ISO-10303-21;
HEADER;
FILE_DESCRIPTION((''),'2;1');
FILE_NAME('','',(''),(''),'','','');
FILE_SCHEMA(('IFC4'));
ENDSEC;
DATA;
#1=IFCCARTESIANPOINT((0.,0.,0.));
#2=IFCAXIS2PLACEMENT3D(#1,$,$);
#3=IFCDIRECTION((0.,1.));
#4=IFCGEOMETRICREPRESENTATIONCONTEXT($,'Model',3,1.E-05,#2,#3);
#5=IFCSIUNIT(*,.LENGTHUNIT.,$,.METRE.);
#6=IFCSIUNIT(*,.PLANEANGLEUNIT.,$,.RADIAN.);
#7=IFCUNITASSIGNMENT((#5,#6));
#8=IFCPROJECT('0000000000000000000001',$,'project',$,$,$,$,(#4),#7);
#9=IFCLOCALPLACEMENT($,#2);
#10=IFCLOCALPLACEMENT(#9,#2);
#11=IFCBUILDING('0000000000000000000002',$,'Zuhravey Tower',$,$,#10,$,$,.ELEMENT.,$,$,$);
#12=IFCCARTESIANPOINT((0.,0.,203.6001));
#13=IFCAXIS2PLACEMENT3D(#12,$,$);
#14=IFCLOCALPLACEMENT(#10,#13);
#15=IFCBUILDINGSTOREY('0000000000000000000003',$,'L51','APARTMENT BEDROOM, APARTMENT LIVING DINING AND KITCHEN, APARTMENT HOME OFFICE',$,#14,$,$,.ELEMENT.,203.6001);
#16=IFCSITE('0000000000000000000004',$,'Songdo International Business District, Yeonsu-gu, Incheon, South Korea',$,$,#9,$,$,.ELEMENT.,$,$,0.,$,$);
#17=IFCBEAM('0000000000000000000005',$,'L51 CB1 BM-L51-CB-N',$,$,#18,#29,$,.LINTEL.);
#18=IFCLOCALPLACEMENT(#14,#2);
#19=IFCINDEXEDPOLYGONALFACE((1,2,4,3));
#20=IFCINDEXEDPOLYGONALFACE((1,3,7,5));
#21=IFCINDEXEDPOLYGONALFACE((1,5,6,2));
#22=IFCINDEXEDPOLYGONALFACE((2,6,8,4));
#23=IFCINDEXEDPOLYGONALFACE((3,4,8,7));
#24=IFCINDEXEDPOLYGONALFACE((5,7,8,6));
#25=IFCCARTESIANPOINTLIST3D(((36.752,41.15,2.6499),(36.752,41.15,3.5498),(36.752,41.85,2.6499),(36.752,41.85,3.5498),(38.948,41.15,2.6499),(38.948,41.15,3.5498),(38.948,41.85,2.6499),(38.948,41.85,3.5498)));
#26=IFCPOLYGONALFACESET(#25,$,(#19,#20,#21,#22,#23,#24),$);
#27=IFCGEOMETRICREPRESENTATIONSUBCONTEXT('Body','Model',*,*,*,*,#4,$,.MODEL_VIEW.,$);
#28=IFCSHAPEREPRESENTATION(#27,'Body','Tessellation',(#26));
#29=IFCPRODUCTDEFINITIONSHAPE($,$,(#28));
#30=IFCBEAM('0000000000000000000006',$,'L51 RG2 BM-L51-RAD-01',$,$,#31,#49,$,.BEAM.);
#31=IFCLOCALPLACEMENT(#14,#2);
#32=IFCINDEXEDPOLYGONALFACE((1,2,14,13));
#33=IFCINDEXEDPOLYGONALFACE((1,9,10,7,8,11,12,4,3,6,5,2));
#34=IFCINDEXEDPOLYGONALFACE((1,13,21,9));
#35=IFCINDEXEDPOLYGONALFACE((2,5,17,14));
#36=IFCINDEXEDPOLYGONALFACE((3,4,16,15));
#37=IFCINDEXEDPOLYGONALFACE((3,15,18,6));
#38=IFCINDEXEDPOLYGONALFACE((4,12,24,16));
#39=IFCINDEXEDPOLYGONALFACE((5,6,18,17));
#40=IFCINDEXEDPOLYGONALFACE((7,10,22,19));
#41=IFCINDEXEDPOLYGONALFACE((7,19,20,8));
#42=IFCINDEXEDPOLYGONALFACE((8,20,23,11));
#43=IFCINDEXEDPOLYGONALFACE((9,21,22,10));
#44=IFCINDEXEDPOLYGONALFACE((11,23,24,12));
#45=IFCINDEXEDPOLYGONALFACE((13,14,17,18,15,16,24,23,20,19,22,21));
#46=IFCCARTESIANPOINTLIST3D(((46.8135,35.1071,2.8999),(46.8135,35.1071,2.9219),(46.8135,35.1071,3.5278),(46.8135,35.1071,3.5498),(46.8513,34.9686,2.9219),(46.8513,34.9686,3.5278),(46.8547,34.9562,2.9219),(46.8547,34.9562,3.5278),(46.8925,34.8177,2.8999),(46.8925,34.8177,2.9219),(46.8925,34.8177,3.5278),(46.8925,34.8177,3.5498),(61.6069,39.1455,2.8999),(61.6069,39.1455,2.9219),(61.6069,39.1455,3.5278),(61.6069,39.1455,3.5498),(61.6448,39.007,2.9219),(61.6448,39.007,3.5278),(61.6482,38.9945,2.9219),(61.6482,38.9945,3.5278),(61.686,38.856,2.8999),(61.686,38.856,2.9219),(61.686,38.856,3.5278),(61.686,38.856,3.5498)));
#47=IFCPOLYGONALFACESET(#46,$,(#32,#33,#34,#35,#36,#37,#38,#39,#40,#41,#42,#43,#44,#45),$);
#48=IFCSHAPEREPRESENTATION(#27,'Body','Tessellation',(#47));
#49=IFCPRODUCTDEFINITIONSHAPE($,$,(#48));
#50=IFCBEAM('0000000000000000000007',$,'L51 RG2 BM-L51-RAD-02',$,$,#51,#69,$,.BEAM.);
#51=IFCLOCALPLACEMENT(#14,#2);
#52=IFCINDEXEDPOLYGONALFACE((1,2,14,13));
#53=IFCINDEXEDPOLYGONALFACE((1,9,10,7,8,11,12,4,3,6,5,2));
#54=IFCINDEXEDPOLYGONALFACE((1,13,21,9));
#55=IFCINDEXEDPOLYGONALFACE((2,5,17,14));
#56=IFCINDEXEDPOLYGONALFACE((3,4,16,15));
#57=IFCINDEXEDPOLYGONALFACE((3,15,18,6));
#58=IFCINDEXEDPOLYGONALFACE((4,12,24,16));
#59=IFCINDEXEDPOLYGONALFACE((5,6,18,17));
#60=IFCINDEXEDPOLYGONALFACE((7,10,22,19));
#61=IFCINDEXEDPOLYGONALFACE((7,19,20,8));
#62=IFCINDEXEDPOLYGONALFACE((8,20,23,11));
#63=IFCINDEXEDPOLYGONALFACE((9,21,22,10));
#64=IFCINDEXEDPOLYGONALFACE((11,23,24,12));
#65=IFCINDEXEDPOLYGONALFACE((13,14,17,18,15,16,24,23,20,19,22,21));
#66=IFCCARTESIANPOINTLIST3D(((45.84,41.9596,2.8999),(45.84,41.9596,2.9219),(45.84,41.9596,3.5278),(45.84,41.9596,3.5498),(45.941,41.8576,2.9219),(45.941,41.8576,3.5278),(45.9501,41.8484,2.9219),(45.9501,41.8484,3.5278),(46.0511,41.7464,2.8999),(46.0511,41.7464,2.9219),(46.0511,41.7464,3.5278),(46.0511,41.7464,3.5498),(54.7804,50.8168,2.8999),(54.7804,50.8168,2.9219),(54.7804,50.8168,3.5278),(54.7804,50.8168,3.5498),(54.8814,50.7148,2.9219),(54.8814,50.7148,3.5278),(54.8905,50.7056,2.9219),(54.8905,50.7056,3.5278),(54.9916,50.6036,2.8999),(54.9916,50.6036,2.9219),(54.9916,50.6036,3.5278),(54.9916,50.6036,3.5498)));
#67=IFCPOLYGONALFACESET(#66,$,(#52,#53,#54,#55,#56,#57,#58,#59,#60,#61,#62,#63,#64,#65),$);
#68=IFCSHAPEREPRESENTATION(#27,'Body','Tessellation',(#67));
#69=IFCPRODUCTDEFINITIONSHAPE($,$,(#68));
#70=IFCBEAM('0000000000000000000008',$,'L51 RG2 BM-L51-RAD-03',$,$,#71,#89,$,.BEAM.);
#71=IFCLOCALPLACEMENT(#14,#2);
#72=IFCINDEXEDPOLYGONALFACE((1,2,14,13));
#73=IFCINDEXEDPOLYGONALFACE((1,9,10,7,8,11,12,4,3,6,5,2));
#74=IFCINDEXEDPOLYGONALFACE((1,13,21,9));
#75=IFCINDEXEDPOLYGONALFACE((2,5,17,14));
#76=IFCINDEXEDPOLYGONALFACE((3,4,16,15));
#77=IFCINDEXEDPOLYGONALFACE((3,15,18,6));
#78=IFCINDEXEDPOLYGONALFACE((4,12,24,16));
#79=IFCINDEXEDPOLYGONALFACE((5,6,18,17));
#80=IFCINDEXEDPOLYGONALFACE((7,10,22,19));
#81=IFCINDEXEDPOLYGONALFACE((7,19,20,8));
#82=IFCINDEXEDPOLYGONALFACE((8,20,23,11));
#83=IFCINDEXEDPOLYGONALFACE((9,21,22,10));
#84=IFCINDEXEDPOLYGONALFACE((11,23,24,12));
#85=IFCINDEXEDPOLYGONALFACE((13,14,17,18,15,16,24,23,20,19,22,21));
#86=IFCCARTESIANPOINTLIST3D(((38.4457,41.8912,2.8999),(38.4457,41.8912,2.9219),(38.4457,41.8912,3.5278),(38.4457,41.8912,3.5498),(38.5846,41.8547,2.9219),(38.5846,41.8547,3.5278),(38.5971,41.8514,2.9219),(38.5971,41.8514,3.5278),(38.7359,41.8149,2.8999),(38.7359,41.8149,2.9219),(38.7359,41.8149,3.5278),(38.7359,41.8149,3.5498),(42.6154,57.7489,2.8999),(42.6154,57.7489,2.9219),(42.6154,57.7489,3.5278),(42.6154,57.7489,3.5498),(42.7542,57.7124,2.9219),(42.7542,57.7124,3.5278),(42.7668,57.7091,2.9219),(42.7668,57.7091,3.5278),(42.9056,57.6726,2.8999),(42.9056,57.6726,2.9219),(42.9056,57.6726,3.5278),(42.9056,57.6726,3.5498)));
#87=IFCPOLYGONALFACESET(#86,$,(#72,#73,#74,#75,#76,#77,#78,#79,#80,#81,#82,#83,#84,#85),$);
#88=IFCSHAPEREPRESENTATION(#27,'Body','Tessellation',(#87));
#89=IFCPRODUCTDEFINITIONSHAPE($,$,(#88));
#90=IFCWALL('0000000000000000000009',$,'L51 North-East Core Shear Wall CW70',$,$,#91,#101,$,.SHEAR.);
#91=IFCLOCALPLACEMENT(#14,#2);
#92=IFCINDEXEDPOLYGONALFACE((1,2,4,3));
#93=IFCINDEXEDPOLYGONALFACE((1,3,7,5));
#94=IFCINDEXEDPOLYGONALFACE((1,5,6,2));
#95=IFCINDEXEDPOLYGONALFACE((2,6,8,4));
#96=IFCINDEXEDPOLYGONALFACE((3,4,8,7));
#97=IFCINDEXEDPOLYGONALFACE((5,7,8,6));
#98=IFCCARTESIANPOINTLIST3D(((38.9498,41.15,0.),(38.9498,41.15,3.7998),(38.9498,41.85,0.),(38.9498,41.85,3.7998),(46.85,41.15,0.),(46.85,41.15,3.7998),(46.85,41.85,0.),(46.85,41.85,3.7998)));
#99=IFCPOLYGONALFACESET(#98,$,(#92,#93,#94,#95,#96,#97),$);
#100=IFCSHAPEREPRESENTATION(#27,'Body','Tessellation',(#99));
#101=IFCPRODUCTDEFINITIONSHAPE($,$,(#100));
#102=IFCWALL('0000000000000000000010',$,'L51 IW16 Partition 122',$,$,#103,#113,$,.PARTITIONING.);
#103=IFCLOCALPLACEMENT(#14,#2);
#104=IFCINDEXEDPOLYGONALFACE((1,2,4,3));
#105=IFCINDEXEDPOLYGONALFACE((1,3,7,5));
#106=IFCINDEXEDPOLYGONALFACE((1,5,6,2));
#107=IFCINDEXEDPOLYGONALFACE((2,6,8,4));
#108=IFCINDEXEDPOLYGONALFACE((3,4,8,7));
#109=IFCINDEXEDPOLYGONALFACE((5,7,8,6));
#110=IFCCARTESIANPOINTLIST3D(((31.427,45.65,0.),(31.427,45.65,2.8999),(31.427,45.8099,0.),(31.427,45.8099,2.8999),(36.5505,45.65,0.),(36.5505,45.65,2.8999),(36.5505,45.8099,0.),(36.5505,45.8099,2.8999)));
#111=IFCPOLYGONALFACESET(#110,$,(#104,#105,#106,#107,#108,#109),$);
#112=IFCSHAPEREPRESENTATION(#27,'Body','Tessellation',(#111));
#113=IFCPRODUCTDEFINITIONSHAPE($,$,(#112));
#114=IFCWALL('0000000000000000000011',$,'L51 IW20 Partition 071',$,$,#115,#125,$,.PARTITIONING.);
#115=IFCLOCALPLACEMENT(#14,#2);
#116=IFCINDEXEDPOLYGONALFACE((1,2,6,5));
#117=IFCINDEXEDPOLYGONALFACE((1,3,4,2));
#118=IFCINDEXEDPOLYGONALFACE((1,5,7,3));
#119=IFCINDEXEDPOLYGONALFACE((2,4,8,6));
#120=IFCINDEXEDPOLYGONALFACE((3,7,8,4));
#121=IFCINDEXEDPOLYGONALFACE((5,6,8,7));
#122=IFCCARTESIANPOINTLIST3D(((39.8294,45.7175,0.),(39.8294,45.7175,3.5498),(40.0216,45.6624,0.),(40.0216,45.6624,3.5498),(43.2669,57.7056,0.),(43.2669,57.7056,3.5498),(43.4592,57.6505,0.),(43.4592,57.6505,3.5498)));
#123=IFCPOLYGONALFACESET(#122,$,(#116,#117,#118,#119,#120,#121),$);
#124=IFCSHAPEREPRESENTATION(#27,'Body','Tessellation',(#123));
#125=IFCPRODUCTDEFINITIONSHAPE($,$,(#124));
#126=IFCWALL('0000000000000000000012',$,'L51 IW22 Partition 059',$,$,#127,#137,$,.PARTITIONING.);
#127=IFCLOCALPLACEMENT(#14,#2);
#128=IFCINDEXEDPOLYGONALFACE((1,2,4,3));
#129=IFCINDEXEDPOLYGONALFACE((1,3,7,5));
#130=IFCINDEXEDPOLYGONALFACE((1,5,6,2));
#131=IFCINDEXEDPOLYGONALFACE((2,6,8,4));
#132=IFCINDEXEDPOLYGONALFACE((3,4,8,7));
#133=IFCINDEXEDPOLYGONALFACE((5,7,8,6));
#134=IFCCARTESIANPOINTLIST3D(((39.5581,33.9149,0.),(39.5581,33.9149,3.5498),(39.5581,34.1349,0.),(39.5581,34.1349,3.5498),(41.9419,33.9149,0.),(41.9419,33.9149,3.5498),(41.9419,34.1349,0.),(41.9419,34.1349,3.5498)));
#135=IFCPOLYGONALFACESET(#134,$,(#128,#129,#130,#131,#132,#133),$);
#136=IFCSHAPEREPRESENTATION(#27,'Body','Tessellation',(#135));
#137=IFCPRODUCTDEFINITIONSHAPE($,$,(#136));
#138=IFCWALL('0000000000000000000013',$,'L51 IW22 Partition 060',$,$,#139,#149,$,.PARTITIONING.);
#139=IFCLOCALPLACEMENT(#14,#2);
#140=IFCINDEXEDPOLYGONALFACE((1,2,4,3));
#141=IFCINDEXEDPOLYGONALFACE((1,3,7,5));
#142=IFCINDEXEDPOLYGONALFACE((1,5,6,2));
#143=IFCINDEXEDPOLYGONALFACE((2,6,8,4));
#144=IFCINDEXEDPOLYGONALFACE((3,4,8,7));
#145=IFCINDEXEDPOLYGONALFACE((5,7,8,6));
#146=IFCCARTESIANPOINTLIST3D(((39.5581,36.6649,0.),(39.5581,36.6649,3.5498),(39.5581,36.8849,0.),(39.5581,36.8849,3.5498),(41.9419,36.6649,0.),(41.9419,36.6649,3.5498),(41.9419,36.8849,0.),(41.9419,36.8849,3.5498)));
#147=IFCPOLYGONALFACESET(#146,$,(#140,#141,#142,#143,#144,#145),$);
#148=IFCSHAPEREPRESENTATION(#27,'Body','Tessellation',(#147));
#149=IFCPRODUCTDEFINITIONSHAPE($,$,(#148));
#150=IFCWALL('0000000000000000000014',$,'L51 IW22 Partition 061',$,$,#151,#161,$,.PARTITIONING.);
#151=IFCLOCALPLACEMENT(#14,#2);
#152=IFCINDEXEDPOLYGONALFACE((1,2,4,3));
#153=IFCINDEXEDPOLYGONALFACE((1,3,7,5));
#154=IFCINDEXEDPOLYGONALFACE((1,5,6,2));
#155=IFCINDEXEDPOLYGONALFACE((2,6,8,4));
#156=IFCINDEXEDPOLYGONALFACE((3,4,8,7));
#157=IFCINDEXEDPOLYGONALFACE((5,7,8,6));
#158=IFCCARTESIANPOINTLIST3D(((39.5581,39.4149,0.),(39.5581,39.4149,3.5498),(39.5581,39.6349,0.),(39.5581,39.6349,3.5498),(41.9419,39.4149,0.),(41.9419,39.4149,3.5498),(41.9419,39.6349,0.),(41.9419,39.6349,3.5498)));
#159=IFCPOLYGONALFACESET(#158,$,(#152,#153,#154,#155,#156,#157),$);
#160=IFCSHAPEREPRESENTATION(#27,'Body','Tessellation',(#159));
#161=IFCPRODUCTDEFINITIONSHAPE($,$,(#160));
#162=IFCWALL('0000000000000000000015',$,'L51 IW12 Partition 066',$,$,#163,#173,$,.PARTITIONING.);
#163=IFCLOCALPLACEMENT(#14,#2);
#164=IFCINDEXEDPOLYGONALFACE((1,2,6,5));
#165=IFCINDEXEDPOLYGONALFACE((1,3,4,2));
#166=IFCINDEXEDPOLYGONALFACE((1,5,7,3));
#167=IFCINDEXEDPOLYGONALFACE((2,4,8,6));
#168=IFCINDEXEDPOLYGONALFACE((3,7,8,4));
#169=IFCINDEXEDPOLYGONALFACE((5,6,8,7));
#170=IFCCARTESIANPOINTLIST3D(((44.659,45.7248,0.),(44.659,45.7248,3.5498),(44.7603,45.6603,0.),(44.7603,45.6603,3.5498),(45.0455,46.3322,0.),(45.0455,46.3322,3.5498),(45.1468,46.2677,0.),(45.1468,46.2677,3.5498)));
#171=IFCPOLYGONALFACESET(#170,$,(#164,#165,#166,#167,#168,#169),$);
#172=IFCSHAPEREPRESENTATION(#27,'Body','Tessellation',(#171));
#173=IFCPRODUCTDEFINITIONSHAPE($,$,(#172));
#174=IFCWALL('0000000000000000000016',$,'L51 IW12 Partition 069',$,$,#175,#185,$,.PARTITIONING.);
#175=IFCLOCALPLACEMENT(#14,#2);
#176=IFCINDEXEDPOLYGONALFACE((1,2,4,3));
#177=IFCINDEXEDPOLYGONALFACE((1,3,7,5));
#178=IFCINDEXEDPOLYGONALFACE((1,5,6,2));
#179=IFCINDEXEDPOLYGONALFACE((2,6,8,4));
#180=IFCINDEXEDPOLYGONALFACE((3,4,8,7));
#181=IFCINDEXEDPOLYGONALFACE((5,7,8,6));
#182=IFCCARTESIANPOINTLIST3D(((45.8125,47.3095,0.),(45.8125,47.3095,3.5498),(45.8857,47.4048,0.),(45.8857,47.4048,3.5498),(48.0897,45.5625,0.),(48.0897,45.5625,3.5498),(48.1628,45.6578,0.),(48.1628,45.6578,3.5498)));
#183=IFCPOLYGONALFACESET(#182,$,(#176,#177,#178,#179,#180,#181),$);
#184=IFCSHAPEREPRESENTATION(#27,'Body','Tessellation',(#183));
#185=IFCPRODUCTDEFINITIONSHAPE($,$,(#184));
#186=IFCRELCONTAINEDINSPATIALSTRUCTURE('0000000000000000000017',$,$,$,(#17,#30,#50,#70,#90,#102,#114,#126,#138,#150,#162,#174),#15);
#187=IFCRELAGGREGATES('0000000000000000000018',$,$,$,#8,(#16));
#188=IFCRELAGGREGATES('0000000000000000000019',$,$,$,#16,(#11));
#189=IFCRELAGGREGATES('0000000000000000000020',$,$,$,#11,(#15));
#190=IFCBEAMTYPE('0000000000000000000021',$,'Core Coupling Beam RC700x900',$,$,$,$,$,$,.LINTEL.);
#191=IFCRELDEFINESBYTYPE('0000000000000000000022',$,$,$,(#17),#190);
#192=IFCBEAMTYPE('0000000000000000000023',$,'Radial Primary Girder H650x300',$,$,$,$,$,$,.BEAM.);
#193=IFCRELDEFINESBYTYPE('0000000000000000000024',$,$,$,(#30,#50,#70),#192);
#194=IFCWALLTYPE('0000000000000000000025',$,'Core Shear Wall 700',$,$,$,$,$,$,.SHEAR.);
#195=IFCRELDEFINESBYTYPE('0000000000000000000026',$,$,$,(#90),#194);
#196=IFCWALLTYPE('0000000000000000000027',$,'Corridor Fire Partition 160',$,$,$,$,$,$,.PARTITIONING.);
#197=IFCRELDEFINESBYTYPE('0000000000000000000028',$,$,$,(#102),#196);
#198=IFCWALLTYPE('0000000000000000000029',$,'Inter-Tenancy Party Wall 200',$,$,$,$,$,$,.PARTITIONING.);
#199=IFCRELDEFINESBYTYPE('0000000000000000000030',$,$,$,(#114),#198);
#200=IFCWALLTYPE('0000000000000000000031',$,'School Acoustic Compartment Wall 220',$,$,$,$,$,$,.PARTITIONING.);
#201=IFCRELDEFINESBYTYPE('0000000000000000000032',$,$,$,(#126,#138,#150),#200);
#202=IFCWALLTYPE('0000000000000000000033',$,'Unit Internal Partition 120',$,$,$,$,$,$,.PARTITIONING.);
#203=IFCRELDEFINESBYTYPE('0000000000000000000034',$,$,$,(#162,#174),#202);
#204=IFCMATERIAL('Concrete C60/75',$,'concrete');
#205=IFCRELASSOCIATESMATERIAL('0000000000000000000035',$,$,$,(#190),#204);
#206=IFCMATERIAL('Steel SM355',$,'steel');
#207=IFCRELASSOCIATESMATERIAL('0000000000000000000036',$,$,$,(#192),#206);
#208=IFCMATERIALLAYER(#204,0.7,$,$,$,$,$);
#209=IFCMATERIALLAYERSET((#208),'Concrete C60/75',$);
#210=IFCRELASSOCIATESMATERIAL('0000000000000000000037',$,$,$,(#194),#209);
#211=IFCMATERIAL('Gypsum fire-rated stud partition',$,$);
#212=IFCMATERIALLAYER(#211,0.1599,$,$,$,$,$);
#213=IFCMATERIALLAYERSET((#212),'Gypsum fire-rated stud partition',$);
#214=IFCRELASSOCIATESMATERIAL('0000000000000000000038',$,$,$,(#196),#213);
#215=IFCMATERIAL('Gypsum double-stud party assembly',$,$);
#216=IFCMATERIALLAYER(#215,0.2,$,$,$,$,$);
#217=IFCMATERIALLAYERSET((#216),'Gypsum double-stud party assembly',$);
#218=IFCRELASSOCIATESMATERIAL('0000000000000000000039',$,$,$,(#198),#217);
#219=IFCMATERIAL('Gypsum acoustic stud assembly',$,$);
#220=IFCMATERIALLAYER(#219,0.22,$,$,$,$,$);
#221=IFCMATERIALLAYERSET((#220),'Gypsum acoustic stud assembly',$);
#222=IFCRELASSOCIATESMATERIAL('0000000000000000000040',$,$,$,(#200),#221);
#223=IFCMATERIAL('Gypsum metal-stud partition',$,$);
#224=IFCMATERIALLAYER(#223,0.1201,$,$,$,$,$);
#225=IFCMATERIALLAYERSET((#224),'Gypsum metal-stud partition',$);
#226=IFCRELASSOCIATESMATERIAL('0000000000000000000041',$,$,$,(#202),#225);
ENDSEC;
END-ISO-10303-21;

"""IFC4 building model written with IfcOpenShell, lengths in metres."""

from ifc_helpers import new_model, si_unit, direction, frame, frame_2d, origin, origin_2d, place, context, subcontext, project, spatial, rectangle, i_section, extrude, material, layer, layer_set, material_profile, profile_set, type_object, element, save


model = new_model("IFC4")

# Units and contexts
model_context = context("Model", 3, precision=1e-05, world=origin(), true_north=direction((0.0, 1.0)))
body_context = subcontext(model_context, "Body", "Model", "MODEL_VIEW")
ifc_project = project(units=[si_unit("LENGTHUNIT", "METRE"), si_unit("PLANEANGLEUNIT", "RADIAN")], contexts=[model_context])

# Site, building, storey
site_placement = place(None, origin())
site = spatial("IfcSite", under=ifc_project, at=site_placement, Name="Songdo International Business District, Yeonsu-gu, Incheon, South Korea", CompositionType="ELEMENT", RefElevation=0.0)
building_placement = place(site_placement, origin())
building = spatial("IfcBuilding", under=site, at=building_placement, Name="Zuhravey Tower", CompositionType="ELEMENT")
storey_placement = place(building_placement, frame((0.0, 0.0, 203.6001)))
storey = spatial("IfcBuildingStorey", under=building, at=storey_placement, Name="L51", Description="APARTMENT BEDROOM, APARTMENT LIVING DINING AND KITCHEN, APARTMENT HOME OFFICE", CompositionType="ELEMENT", Elevation=203.6001)

# Beams
ifc_material_1 = material(Name="Concrete C60/75", Category="concrete")
ifc_material_profile_1 = material_profile(ifc_material_1, rectangle(XDim=0.7, YDim=0.8999, at=origin_2d()), Name="RC-700x900")
ifc_profile_set_1 = profile_set([ifc_material_profile_1], Name="Concrete C60/75")
beam_type_1 = type_object("IfcBeamType", Name="Core Coupling Beam RC700x900", PredefinedType="LINTEL", material=ifc_profile_set_1)
beam_1_placement = place(storey_placement, frame((36.752, 41.5, 3.0999), z_axis=(1.0, 0.0, 0.0), x_axis=(0.0, 1.0, 0.0)))
element("IfcBeam", 1, at=beam_1_placement, inside=storey, type_object=beam_type_1, Name="L51 CB1 BM-L51-CB-N", PredefinedType="LINTEL", context=body_context, shape_type="SweptSolid", body=[
    extrude(rectangle(XDim=0.7, YDim=0.8999, at=origin_2d()), origin(), (0.0, 0.0, 1.0), 2.196),
])
ifc_material_2 = material(Name="Steel SM355", Category="steel")
ifc_material_profile_2 = material_profile(ifc_material_2, i_section(OverallWidth=0.3, OverallDepth=0.6499, WebThickness=0.0129, FlangeThickness=0.022, at=origin_2d()), Name="H-650x300x13x22")
ifc_profile_set_2 = profile_set([ifc_material_profile_2], Name="Steel SM355")
beam_type_2 = type_object("IfcBeamType", Name="Radial Primary Girder H650x300", PredefinedType="BEAM", material=ifc_profile_set_2)
beam_2_placement = place(storey_placement, frame((46.853, 34.9624, 3.2249), z_axis=(0.964702, 0.263345, 0.0), x_axis=(-0.263345, 0.964702, 0.0)))
element("IfcBeam", 2, at=beam_2_placement, inside=storey, type_object=beam_type_2, Name="L51 RG2 BM-L51-RAD-01", PredefinedType="BEAM", context=body_context, shape_type="SweptSolid", body=[
    extrude(i_section(OverallWidth=0.3, OverallDepth=0.6499, WebThickness=0.0129, FlangeThickness=0.022, at=origin_2d()), origin(), (0.0, 0.0, 1.0), 15.3347),
])
beam_3_placement = place(storey_placement, frame((45.9456, 41.853, 3.2249), z_axis=(0.710407, 0.703791, 0.0), x_axis=(-0.703791, 0.710407, 0.0)))
element("IfcBeam", 3, at=beam_3_placement, inside=storey, type_object=beam_type_2, Name="L51 RG2 BM-L51-RAD-02", PredefinedType="BEAM", context=body_context, shape_type="SweptSolid", body=[
    extrude(i_section(OverallWidth=0.3, OverallDepth=0.6499, WebThickness=0.0129, FlangeThickness=0.022, at=origin_2d()), origin(), (0.0, 0.0, 1.0), 12.585),
])
beam_4_placement = place(storey_placement, frame((38.5908, 41.853, 3.2249), z_axis=(0.2543, 0.967125, 0.0), x_axis=(-0.967125, 0.2543, 0.0)))
element("IfcBeam", 4, at=beam_4_placement, inside=storey, type_object=beam_type_2, Name="L51 RG2 BM-L51-RAD-03", PredefinedType="BEAM", context=body_context, shape_type="SweptSolid", body=[
    extrude(i_section(OverallWidth=0.3, OverallDepth=0.6499, WebThickness=0.0129, FlangeThickness=0.022, at=origin_2d()), origin(), (0.0, 0.0, 1.0), 16.3967),
])

# Wall
ifc_layer_1 = layer(ifc_material_1, 0.7)
ifc_layer_set_1 = layer_set([ifc_layer_1], Name="Concrete C60/75")
wall_type_1 = type_object("IfcWallType", Name="Core Shear Wall 700", PredefinedType="SHEAR", material=ifc_layer_set_1)
wall_1_placement = place(storey_placement, frame((46.8501, 41.5, 0.0), z_axis=(0.0, 0.0, 1.0), x_axis=(-1.0, 0.0, 0.0)))
element("IfcWall", 5, at=wall_1_placement, inside=storey, type_object=wall_type_1, Name="L51 North-East Core Shear Wall CW70", PredefinedType="SHEAR", context=body_context, shape_type="SweptSolid", body=[
    extrude(rectangle(XDim=7.9001, YDim=0.7, at=frame_2d((3.9502, 0.0))), origin(), (0.0, 0.0, 1.0), 3.7998),
])

# Wall
ifc_material_3 = material(Name="Gypsum fire-rated stud partition")
ifc_layer_2 = layer(ifc_material_3, 0.1599)
ifc_layer_set_2 = layer_set([ifc_layer_2], Name="Gypsum fire-rated stud partition")
wall_type_2 = type_object("IfcWallType", Name="Corridor Fire Partition 160", PredefinedType="PARTITIONING", material=ifc_layer_set_2)
wall_2_placement = place(storey_placement, frame((36.5505, 45.73, 0.0), z_axis=(0.0, 0.0, 1.0), x_axis=(-1.0, 0.0, 0.0)))
element("IfcWall", 6, at=wall_2_placement, inside=storey, type_object=wall_type_2, Name="L51 IW16 Partition 122", PredefinedType="PARTITIONING", context=body_context, shape_type="SweptSolid", body=[
    extrude(rectangle(XDim=5.1235, YDim=0.1599, at=frame_2d((2.5618, 0.0))), origin(), (0.0, 0.0, 1.0), 2.8999),
])

# Walls
ifc_material_4 = material(Name="Gypsum double-stud party assembly")
ifc_layer_3 = layer(ifc_material_4, 0.2)
ifc_layer_set_3 = layer_set([ifc_layer_3], Name="Gypsum double-stud party assembly")
wall_type_3 = type_object("IfcWallType", Name="Inter-Tenancy Party Wall 200", PredefinedType="PARTITIONING", material=ifc_layer_set_3)
wall_3_placement = place(storey_placement, frame((39.9255, 45.6899, 0.0), z_axis=(0.0, 0.0, 1.0), x_axis=(0.275636, 0.961262, 0.0)))
element("IfcWall", 7, at=wall_3_placement, inside=storey, type_object=wall_type_3, Name="L51 IW20 Partition 071", PredefinedType="PARTITIONING", context=body_context, shape_type="SweptSolid", body=[
    extrude(rectangle(XDim=12.4712, YDim=0.2, at=frame_2d((6.2356, 0.0))), origin(), (0.0, 0.0, 1.0), 3.5498),
])
ifc_material_5 = material(Name="Gypsum acoustic stud assembly")
ifc_layer_4 = layer(ifc_material_5, 0.22)
ifc_layer_set_4 = layer_set([ifc_layer_4], Name="Gypsum acoustic stud assembly")
wall_type_4 = type_object("IfcWallType", Name="School Acoustic Compartment Wall 220", PredefinedType="PARTITIONING", material=ifc_layer_set_4)
for number, where, z_axis, x_axis, name in (
    (8, (39.5581, 34.0249, 0.0), (0.0, 0.0, 1.0), (1.0, 0.0, 0.0), "L51 IW22 Partition 059"),
    (9, (39.5581, 36.7749, 0.0), (0.0, 0.0, 1.0), (1.0, 0.0, 0.0), "L51 IW22 Partition 060"),
    (10, (39.5581, 39.5249, 0.0), (0.0, 0.0, 1.0), (1.0, 0.0, 0.0), "L51 IW22 Partition 061"),
):
    element("IfcWall", number, at=place(storey_placement, frame(where, z_axis=z_axis, x_axis=x_axis)), inside=storey, type_object=wall_type_4, Name=name, PredefinedType="PARTITIONING", context=body_context, shape_type="SweptSolid", body=[
        extrude(rectangle(XDim=2.3838, YDim=0.22, at=frame_2d((1.1919, 0.0))), origin(), (0.0, 0.0, 1.0), 3.5498),
    ])
ifc_material_6 = material(Name="Gypsum metal-stud partition")
ifc_layer_5 = layer(ifc_material_6, 0.1201)
ifc_layer_set_5 = layer_set([ifc_layer_5], Name="Gypsum metal-stud partition")
wall_type_5 = type_object("IfcWallType", Name="Unit Internal Partition 120", PredefinedType="PARTITIONING", material=ifc_layer_set_5)
wall_4_placement = place(storey_placement, frame((44.7097, 45.6926, 0.0), z_axis=(0.0, 0.0, 1.0), x_axis=(0.53681, 0.843703, 0.0)))
element("IfcWall", 11, at=wall_4_placement, inside=storey, type_object=wall_type_5, Name="L51 IW12 Partition 066", PredefinedType="PARTITIONING", context=body_context, shape_type="SweptSolid", body=[
    extrude(rectangle(XDim=0.72, YDim=0.1201, at=frame_2d((0.3599, 0.0))), origin(), (0.0, 0.0, 1.0), 3.5498),
])
wall_5_placement = place(storey_placement, frame((48.1262, 45.6101, 0.0), z_axis=(0.0, 0.0, 1.0), x_axis=(-0.793389, 0.608715, 0.0)))
element("IfcWall", 12, at=wall_5_placement, inside=storey, type_object=wall_type_5, Name="L51 IW12 Partition 069", PredefinedType="PARTITIONING", context=body_context, shape_type="SweptSolid", body=[
    extrude(rectangle(XDim=2.8701, YDim=0.1201, at=frame_2d((1.4351, 0.0))), origin(), (0.0, 0.0, 1.0), 3.5498),
])

save(model, "model.ifc")
